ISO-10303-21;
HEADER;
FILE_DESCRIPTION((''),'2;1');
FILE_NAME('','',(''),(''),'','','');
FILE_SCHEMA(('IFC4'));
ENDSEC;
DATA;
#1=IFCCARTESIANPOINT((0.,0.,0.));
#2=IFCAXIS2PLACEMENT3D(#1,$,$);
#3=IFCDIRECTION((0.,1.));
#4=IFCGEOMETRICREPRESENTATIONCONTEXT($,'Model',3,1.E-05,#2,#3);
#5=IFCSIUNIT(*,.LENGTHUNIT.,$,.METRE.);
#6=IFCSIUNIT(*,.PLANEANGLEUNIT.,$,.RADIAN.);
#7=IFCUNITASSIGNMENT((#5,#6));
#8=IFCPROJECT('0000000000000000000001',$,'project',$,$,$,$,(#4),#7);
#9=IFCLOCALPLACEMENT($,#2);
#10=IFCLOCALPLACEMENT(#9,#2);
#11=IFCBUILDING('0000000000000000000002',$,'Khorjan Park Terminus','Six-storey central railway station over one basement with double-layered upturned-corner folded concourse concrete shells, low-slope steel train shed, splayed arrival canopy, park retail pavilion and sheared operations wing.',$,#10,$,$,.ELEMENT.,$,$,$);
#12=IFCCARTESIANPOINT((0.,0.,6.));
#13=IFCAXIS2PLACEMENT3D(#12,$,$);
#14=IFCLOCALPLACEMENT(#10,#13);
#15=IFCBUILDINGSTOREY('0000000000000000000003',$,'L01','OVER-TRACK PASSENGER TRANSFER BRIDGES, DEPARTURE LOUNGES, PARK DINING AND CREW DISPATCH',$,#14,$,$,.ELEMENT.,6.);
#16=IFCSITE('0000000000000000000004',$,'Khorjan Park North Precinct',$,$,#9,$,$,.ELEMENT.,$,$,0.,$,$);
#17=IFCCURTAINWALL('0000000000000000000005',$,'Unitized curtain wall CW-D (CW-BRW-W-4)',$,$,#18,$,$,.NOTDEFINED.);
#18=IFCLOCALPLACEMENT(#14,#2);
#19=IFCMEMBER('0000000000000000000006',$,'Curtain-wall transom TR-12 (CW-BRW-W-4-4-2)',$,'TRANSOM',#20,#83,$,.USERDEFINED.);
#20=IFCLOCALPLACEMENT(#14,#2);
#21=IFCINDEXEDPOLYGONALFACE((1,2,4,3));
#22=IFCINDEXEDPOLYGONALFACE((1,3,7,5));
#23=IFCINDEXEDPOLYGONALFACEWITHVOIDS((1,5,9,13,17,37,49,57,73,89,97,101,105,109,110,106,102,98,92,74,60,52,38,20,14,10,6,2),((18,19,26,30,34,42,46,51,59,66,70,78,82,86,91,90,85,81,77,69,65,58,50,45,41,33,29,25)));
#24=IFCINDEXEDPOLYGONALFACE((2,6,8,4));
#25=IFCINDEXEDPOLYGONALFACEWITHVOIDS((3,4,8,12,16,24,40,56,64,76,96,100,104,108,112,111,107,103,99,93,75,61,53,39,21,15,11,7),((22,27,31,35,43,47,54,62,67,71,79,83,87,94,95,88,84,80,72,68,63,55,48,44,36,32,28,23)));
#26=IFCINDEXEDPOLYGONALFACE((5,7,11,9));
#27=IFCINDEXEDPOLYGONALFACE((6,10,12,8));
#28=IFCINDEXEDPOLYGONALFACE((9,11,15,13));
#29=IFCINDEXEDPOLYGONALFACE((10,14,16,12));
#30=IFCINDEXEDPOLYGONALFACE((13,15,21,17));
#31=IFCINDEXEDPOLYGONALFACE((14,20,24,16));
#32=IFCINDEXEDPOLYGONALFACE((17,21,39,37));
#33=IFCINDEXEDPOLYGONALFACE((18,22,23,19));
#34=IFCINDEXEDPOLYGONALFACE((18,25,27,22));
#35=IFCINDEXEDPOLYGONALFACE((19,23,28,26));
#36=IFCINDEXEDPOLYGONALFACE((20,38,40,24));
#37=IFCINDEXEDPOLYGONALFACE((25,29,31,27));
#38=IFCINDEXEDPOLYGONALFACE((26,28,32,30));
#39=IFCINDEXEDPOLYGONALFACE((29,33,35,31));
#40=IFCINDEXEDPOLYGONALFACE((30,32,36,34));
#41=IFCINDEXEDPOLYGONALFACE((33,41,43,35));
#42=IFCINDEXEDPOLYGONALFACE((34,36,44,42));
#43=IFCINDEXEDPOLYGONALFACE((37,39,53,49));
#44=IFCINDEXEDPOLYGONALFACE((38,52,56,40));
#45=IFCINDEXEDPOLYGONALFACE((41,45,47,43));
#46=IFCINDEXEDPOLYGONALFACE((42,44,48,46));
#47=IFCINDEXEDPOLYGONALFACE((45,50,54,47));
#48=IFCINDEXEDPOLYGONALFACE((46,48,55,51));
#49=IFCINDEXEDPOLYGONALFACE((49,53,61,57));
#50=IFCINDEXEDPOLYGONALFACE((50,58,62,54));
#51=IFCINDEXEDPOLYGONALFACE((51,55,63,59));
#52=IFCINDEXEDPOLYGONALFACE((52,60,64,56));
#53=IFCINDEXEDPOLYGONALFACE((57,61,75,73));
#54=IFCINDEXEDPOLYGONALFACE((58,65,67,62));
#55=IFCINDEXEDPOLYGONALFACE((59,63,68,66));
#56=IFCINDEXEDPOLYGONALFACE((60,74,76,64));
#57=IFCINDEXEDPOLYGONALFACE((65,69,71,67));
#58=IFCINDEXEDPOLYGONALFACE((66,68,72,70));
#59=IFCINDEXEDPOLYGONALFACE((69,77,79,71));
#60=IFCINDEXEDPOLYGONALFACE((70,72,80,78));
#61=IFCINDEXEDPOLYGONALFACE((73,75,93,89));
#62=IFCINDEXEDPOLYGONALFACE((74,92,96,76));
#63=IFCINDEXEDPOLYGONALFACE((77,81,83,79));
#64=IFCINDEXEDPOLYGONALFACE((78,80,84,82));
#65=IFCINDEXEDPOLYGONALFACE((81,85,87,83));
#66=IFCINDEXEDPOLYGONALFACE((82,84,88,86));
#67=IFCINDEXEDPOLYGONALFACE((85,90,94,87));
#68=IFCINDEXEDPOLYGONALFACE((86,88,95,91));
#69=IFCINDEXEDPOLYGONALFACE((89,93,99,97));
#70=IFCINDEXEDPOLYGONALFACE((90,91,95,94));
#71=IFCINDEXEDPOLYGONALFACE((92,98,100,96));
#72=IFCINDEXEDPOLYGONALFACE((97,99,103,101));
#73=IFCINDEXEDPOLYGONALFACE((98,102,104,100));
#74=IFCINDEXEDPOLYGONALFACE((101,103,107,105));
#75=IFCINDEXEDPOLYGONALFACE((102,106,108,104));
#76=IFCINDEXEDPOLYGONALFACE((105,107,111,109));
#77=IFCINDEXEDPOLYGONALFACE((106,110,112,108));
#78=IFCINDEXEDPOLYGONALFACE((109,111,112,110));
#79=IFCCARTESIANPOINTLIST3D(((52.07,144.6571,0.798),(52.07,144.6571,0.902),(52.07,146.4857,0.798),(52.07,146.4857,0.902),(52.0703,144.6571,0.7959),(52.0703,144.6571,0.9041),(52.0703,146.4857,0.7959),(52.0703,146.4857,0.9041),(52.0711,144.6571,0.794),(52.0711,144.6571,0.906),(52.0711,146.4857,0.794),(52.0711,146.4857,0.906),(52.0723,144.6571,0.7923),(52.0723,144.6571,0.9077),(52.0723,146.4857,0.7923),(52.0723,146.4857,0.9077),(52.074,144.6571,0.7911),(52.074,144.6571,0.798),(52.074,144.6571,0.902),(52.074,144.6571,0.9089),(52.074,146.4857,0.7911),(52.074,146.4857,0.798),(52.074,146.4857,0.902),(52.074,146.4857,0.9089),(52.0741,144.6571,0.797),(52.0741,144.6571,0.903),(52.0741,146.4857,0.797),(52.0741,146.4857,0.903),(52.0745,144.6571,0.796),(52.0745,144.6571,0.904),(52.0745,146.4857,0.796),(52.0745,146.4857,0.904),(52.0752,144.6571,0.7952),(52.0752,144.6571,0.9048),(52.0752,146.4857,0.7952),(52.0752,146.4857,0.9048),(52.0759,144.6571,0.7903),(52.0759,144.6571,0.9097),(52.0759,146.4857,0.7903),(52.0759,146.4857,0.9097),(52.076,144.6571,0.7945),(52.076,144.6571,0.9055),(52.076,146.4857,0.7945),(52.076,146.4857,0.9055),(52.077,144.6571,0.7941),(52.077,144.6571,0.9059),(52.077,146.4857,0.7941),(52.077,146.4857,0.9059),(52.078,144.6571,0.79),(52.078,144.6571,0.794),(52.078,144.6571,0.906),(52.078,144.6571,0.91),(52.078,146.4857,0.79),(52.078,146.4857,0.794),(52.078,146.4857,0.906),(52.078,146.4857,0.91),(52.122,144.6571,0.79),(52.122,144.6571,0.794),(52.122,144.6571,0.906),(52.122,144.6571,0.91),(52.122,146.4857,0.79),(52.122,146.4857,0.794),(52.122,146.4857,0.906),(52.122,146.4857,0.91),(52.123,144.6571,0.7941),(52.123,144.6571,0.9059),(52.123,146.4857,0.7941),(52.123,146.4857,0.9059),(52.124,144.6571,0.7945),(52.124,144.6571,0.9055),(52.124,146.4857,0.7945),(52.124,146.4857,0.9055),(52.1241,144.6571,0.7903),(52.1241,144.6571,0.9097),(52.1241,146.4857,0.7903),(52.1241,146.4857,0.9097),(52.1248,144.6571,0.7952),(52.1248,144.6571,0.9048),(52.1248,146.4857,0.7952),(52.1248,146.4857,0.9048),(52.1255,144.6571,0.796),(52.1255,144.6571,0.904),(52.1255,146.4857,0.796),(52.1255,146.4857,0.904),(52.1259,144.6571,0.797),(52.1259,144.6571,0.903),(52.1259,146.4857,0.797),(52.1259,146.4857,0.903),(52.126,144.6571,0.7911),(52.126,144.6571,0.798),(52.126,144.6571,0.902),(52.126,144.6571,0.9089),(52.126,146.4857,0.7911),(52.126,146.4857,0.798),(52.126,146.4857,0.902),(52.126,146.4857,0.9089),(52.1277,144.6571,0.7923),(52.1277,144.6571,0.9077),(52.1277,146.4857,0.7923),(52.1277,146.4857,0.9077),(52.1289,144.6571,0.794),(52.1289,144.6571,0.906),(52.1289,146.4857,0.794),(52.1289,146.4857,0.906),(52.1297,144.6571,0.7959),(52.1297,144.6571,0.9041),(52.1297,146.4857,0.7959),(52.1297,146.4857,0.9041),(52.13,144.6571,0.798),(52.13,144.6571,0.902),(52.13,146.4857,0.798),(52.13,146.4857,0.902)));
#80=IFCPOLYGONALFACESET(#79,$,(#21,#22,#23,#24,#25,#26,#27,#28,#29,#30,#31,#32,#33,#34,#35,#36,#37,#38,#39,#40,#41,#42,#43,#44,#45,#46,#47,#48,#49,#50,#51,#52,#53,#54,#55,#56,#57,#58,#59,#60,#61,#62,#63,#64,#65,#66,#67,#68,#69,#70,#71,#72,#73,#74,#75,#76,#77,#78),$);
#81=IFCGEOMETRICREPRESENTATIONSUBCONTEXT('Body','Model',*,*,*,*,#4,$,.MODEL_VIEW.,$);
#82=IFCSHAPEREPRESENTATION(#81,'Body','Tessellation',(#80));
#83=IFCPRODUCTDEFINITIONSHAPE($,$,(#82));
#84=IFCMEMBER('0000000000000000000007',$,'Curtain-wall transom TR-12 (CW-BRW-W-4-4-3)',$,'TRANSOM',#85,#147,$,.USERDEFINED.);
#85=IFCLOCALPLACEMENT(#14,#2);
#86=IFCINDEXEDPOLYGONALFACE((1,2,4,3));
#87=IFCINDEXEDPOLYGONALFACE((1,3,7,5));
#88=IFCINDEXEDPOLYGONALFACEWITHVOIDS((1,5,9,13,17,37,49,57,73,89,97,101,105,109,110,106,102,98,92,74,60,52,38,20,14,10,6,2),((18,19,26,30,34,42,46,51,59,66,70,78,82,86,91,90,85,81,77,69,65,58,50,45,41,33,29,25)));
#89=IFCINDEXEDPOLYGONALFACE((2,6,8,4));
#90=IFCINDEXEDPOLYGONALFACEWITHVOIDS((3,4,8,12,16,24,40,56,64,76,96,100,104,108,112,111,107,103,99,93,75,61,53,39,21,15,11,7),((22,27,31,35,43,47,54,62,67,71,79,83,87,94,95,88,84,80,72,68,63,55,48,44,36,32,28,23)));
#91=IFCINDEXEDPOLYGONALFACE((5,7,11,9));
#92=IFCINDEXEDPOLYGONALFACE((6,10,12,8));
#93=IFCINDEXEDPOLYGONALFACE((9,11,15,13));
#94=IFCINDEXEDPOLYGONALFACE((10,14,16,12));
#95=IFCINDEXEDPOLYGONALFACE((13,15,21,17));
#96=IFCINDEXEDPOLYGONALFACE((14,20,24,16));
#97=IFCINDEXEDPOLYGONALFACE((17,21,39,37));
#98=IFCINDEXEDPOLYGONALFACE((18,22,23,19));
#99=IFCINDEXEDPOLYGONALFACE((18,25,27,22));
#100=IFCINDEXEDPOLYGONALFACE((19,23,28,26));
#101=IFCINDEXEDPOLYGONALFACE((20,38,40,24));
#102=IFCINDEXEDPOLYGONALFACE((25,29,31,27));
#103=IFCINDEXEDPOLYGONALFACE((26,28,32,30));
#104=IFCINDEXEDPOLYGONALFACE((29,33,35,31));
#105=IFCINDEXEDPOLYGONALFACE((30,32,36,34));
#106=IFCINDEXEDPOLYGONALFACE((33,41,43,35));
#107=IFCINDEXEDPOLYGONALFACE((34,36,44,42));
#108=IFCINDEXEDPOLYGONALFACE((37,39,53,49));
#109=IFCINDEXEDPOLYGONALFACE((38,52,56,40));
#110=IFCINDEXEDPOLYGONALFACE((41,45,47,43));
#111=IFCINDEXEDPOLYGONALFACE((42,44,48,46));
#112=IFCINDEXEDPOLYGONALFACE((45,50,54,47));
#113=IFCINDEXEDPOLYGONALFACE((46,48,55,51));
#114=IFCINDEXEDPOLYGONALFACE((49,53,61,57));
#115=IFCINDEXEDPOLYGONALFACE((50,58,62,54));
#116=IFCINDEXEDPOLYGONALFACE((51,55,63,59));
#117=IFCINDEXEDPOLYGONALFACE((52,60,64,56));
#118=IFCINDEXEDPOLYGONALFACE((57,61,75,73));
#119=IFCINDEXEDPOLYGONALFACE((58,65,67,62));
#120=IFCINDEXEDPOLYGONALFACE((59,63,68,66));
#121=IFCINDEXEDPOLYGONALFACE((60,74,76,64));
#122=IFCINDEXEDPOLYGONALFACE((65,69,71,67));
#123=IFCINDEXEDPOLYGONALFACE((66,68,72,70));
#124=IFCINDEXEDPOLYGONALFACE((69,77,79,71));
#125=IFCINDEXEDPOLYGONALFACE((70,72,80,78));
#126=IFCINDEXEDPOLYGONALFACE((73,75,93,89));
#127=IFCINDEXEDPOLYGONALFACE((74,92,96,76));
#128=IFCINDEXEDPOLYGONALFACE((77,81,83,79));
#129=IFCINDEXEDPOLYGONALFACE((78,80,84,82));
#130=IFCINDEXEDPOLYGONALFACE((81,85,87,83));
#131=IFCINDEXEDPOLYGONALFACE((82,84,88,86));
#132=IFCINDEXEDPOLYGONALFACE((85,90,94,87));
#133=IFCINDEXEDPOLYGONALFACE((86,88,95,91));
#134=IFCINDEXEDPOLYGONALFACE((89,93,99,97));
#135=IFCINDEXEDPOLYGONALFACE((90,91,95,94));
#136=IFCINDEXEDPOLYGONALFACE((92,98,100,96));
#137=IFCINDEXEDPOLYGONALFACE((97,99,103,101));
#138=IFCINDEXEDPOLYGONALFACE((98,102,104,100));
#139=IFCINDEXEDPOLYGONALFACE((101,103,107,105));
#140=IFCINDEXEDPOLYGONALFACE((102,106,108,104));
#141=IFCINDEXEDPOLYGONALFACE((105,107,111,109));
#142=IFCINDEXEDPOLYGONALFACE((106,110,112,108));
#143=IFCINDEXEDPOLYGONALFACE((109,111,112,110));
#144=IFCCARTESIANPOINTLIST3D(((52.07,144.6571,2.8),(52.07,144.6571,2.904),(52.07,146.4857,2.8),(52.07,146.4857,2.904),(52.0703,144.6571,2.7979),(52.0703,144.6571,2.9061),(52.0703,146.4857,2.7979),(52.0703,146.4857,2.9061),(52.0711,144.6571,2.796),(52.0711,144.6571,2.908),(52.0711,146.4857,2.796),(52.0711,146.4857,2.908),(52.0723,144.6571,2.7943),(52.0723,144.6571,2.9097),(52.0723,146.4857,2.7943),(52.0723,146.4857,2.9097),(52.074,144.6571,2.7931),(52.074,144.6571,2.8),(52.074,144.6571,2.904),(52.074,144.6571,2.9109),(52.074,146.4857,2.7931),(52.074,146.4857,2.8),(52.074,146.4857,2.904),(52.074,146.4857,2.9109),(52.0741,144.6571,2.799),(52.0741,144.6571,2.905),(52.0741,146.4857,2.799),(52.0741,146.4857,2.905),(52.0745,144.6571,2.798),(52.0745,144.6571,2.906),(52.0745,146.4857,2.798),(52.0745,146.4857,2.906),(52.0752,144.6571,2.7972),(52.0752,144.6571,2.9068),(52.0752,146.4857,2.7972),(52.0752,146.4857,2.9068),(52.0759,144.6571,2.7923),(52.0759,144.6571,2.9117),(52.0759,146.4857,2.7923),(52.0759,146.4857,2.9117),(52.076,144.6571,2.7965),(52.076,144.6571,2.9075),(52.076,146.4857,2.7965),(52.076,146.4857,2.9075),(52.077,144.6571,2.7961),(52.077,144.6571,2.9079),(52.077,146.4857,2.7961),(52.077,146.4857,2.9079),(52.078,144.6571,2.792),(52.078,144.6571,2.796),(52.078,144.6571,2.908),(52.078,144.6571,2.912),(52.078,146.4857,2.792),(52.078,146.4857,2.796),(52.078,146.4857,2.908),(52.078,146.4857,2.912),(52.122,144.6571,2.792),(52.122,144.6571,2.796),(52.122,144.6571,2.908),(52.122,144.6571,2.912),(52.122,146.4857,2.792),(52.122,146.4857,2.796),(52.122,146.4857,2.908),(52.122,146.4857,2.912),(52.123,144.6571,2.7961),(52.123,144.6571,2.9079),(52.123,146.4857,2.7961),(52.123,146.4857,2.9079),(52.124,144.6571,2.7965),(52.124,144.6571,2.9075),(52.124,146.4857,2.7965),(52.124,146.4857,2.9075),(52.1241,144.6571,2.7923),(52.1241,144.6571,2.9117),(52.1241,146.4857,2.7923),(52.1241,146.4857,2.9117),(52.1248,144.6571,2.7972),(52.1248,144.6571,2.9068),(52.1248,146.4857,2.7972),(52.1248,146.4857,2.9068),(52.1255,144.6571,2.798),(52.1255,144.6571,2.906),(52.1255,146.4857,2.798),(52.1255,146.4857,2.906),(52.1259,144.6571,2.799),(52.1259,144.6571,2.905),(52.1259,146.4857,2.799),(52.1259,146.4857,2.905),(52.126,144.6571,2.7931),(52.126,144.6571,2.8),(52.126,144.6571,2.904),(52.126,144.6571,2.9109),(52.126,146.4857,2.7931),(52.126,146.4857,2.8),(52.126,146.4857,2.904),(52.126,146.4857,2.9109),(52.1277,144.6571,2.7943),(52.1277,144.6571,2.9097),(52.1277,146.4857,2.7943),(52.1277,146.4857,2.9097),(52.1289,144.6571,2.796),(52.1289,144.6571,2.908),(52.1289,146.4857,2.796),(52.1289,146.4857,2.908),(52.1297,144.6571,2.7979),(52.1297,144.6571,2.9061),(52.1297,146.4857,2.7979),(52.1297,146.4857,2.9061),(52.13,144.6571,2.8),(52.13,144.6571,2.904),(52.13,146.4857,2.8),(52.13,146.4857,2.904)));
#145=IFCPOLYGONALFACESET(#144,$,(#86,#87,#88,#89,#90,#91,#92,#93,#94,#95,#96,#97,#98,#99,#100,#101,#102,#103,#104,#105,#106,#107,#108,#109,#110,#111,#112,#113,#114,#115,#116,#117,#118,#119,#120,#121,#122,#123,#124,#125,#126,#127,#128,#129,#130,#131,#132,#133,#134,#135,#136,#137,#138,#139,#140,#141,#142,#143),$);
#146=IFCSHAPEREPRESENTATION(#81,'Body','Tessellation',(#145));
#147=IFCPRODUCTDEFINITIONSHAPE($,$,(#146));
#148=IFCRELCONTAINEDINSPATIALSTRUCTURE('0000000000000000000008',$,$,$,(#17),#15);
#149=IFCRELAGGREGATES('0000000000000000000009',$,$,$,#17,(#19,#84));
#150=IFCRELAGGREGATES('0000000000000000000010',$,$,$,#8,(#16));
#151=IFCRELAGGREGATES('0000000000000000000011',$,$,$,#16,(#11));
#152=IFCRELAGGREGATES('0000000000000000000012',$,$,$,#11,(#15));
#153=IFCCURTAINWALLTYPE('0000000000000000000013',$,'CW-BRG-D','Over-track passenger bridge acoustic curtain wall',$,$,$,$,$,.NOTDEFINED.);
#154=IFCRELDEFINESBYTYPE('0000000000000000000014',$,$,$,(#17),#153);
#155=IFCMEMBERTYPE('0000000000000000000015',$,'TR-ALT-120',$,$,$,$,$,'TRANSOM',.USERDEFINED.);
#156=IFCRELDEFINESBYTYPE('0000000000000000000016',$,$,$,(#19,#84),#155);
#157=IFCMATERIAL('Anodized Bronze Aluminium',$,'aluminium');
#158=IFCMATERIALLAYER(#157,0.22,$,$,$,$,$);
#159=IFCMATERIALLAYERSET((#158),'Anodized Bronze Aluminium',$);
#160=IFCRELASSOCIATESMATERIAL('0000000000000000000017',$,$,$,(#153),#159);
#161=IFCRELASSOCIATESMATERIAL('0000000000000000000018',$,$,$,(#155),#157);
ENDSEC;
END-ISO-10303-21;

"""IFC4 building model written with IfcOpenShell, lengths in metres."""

from ifc_helpers import new_model, si_unit, direction, frame, origin, origin_2d, place, context, subcontext, project, spatial, hollow_rectangle, extrude, material, layer, layer_set, material_profile, profile_set, type_object, element, aggregate, save


model = new_model("IFC4")

# Units and contexts
model_context = context("Model", 3, precision=1e-05, world=origin(), true_north=direction((0.0, 1.0)))
body_context = subcontext(model_context, "Body", "Model", "MODEL_VIEW")
ifc_project = project(units=[si_unit("LENGTHUNIT", "METRE"), si_unit("PLANEANGLEUNIT", "RADIAN")], contexts=[model_context])

# Site, building, storey
site_placement = place(None, origin())
site = spatial("IfcSite", under=ifc_project, at=site_placement, Name="Khorjan Park North Precinct", CompositionType="ELEMENT", RefElevation=0.0)
building_placement = place(site_placement, origin())
building = spatial("IfcBuilding", under=site, at=building_placement, Name="Khorjan Park Terminus", Description="Six-storey central railway station over one basement with double-layered upturned-corner folded concourse concrete shells, low-slope steel train shed, splayed arrival canopy, park retail pavilion and sheared operations wing.", CompositionType="ELEMENT")
storey_placement = place(building_placement, frame((0.0, 0.0, 6.0)))
storey = spatial("IfcBuildingStorey", under=building, at=storey_placement, Name="L01", Description="OVER-TRACK PASSENGER TRANSFER BRIDGES, DEPARTURE LOUNGES, PARK DINING AND CREW DISPATCH", CompositionType="ELEMENT", Elevation=6.0)

# Curtain wall, members
ifc_material_1 = material(Name="Anodized Bronze Aluminium", Category="aluminium")
ifc_layer_1 = layer(ifc_material_1, 0.22)
ifc_layer_set_1 = layer_set([ifc_layer_1], Name="Anodized Bronze Aluminium")
curtain_wall_type = type_object("IfcCurtainWallType", Name="CW-BRG-D", Description="Over-track passenger bridge acoustic curtain wall", PredefinedType="NOTDEFINED", material=ifc_layer_set_1)
curtain_wall_placement = place(storey_placement, origin())
curtain_wall = element("IfcCurtainWall", 1, at=curtain_wall_placement, inside=storey, type_object=curtain_wall_type, Name="Unitized curtain wall CW-D (CW-BRW-W-4)", PredefinedType="NOTDEFINED")
ifc_material_profile_1 = material_profile(ifc_material_1, hollow_rectangle(XDim=0.06, YDim=0.12, WallThickness=0.004, InnerFilletRadius=0.004, OuterFilletRadius=0.008, at=origin_2d()), Name="ALT 60x120x4")
ifc_profile_set_1 = profile_set([ifc_material_profile_1], Name="Anodized Bronze Aluminium")
member_type_1 = type_object("IfcMemberType", Name="TR-ALT-120", ElementType="TRANSOM", PredefinedType="USERDEFINED", material=ifc_profile_set_1)
member_1_placement = place(storey_placement, frame((52.1, 146.4857, 0.85), z_axis=(0.0, -1.0, 0.0), x_axis=(1.0, 0.0, 0.0)))
member_1 = element("IfcMember", 2, at=member_1_placement, type_object=member_type_1, Name="Curtain-wall transom TR-12 (CW-BRW-W-4-4-2)", ObjectType="TRANSOM", PredefinedType="USERDEFINED", context=body_context, shape_type="SweptSolid", body=[
    extrude(hollow_rectangle(XDim=0.06, YDim=0.12, WallThickness=0.004, InnerFilletRadius=0.004, OuterFilletRadius=0.008, at=origin_2d()), origin(), (0.0, 0.0, 1.0), 1.8286),
])
member_2_placement = place(storey_placement, frame((52.1, 146.4857, 2.852), z_axis=(0.0, -1.0, 0.0), x_axis=(1.0, 0.0, 0.0)))
member_2 = element("IfcMember", 3, at=member_2_placement, type_object=member_type_1, Name="Curtain-wall transom TR-12 (CW-BRW-W-4-4-3)", ObjectType="TRANSOM", PredefinedType="USERDEFINED", context=body_context, shape_type="SweptSolid", body=[
    extrude(hollow_rectangle(XDim=0.06, YDim=0.12, WallThickness=0.004, InnerFilletRadius=0.004, OuterFilletRadius=0.008, at=origin_2d()), origin(), (0.0, 0.0, 1.0), 1.8286),
])
aggregate(curtain_wall, [member_1, member_2])

save(model, "model.ifc")
